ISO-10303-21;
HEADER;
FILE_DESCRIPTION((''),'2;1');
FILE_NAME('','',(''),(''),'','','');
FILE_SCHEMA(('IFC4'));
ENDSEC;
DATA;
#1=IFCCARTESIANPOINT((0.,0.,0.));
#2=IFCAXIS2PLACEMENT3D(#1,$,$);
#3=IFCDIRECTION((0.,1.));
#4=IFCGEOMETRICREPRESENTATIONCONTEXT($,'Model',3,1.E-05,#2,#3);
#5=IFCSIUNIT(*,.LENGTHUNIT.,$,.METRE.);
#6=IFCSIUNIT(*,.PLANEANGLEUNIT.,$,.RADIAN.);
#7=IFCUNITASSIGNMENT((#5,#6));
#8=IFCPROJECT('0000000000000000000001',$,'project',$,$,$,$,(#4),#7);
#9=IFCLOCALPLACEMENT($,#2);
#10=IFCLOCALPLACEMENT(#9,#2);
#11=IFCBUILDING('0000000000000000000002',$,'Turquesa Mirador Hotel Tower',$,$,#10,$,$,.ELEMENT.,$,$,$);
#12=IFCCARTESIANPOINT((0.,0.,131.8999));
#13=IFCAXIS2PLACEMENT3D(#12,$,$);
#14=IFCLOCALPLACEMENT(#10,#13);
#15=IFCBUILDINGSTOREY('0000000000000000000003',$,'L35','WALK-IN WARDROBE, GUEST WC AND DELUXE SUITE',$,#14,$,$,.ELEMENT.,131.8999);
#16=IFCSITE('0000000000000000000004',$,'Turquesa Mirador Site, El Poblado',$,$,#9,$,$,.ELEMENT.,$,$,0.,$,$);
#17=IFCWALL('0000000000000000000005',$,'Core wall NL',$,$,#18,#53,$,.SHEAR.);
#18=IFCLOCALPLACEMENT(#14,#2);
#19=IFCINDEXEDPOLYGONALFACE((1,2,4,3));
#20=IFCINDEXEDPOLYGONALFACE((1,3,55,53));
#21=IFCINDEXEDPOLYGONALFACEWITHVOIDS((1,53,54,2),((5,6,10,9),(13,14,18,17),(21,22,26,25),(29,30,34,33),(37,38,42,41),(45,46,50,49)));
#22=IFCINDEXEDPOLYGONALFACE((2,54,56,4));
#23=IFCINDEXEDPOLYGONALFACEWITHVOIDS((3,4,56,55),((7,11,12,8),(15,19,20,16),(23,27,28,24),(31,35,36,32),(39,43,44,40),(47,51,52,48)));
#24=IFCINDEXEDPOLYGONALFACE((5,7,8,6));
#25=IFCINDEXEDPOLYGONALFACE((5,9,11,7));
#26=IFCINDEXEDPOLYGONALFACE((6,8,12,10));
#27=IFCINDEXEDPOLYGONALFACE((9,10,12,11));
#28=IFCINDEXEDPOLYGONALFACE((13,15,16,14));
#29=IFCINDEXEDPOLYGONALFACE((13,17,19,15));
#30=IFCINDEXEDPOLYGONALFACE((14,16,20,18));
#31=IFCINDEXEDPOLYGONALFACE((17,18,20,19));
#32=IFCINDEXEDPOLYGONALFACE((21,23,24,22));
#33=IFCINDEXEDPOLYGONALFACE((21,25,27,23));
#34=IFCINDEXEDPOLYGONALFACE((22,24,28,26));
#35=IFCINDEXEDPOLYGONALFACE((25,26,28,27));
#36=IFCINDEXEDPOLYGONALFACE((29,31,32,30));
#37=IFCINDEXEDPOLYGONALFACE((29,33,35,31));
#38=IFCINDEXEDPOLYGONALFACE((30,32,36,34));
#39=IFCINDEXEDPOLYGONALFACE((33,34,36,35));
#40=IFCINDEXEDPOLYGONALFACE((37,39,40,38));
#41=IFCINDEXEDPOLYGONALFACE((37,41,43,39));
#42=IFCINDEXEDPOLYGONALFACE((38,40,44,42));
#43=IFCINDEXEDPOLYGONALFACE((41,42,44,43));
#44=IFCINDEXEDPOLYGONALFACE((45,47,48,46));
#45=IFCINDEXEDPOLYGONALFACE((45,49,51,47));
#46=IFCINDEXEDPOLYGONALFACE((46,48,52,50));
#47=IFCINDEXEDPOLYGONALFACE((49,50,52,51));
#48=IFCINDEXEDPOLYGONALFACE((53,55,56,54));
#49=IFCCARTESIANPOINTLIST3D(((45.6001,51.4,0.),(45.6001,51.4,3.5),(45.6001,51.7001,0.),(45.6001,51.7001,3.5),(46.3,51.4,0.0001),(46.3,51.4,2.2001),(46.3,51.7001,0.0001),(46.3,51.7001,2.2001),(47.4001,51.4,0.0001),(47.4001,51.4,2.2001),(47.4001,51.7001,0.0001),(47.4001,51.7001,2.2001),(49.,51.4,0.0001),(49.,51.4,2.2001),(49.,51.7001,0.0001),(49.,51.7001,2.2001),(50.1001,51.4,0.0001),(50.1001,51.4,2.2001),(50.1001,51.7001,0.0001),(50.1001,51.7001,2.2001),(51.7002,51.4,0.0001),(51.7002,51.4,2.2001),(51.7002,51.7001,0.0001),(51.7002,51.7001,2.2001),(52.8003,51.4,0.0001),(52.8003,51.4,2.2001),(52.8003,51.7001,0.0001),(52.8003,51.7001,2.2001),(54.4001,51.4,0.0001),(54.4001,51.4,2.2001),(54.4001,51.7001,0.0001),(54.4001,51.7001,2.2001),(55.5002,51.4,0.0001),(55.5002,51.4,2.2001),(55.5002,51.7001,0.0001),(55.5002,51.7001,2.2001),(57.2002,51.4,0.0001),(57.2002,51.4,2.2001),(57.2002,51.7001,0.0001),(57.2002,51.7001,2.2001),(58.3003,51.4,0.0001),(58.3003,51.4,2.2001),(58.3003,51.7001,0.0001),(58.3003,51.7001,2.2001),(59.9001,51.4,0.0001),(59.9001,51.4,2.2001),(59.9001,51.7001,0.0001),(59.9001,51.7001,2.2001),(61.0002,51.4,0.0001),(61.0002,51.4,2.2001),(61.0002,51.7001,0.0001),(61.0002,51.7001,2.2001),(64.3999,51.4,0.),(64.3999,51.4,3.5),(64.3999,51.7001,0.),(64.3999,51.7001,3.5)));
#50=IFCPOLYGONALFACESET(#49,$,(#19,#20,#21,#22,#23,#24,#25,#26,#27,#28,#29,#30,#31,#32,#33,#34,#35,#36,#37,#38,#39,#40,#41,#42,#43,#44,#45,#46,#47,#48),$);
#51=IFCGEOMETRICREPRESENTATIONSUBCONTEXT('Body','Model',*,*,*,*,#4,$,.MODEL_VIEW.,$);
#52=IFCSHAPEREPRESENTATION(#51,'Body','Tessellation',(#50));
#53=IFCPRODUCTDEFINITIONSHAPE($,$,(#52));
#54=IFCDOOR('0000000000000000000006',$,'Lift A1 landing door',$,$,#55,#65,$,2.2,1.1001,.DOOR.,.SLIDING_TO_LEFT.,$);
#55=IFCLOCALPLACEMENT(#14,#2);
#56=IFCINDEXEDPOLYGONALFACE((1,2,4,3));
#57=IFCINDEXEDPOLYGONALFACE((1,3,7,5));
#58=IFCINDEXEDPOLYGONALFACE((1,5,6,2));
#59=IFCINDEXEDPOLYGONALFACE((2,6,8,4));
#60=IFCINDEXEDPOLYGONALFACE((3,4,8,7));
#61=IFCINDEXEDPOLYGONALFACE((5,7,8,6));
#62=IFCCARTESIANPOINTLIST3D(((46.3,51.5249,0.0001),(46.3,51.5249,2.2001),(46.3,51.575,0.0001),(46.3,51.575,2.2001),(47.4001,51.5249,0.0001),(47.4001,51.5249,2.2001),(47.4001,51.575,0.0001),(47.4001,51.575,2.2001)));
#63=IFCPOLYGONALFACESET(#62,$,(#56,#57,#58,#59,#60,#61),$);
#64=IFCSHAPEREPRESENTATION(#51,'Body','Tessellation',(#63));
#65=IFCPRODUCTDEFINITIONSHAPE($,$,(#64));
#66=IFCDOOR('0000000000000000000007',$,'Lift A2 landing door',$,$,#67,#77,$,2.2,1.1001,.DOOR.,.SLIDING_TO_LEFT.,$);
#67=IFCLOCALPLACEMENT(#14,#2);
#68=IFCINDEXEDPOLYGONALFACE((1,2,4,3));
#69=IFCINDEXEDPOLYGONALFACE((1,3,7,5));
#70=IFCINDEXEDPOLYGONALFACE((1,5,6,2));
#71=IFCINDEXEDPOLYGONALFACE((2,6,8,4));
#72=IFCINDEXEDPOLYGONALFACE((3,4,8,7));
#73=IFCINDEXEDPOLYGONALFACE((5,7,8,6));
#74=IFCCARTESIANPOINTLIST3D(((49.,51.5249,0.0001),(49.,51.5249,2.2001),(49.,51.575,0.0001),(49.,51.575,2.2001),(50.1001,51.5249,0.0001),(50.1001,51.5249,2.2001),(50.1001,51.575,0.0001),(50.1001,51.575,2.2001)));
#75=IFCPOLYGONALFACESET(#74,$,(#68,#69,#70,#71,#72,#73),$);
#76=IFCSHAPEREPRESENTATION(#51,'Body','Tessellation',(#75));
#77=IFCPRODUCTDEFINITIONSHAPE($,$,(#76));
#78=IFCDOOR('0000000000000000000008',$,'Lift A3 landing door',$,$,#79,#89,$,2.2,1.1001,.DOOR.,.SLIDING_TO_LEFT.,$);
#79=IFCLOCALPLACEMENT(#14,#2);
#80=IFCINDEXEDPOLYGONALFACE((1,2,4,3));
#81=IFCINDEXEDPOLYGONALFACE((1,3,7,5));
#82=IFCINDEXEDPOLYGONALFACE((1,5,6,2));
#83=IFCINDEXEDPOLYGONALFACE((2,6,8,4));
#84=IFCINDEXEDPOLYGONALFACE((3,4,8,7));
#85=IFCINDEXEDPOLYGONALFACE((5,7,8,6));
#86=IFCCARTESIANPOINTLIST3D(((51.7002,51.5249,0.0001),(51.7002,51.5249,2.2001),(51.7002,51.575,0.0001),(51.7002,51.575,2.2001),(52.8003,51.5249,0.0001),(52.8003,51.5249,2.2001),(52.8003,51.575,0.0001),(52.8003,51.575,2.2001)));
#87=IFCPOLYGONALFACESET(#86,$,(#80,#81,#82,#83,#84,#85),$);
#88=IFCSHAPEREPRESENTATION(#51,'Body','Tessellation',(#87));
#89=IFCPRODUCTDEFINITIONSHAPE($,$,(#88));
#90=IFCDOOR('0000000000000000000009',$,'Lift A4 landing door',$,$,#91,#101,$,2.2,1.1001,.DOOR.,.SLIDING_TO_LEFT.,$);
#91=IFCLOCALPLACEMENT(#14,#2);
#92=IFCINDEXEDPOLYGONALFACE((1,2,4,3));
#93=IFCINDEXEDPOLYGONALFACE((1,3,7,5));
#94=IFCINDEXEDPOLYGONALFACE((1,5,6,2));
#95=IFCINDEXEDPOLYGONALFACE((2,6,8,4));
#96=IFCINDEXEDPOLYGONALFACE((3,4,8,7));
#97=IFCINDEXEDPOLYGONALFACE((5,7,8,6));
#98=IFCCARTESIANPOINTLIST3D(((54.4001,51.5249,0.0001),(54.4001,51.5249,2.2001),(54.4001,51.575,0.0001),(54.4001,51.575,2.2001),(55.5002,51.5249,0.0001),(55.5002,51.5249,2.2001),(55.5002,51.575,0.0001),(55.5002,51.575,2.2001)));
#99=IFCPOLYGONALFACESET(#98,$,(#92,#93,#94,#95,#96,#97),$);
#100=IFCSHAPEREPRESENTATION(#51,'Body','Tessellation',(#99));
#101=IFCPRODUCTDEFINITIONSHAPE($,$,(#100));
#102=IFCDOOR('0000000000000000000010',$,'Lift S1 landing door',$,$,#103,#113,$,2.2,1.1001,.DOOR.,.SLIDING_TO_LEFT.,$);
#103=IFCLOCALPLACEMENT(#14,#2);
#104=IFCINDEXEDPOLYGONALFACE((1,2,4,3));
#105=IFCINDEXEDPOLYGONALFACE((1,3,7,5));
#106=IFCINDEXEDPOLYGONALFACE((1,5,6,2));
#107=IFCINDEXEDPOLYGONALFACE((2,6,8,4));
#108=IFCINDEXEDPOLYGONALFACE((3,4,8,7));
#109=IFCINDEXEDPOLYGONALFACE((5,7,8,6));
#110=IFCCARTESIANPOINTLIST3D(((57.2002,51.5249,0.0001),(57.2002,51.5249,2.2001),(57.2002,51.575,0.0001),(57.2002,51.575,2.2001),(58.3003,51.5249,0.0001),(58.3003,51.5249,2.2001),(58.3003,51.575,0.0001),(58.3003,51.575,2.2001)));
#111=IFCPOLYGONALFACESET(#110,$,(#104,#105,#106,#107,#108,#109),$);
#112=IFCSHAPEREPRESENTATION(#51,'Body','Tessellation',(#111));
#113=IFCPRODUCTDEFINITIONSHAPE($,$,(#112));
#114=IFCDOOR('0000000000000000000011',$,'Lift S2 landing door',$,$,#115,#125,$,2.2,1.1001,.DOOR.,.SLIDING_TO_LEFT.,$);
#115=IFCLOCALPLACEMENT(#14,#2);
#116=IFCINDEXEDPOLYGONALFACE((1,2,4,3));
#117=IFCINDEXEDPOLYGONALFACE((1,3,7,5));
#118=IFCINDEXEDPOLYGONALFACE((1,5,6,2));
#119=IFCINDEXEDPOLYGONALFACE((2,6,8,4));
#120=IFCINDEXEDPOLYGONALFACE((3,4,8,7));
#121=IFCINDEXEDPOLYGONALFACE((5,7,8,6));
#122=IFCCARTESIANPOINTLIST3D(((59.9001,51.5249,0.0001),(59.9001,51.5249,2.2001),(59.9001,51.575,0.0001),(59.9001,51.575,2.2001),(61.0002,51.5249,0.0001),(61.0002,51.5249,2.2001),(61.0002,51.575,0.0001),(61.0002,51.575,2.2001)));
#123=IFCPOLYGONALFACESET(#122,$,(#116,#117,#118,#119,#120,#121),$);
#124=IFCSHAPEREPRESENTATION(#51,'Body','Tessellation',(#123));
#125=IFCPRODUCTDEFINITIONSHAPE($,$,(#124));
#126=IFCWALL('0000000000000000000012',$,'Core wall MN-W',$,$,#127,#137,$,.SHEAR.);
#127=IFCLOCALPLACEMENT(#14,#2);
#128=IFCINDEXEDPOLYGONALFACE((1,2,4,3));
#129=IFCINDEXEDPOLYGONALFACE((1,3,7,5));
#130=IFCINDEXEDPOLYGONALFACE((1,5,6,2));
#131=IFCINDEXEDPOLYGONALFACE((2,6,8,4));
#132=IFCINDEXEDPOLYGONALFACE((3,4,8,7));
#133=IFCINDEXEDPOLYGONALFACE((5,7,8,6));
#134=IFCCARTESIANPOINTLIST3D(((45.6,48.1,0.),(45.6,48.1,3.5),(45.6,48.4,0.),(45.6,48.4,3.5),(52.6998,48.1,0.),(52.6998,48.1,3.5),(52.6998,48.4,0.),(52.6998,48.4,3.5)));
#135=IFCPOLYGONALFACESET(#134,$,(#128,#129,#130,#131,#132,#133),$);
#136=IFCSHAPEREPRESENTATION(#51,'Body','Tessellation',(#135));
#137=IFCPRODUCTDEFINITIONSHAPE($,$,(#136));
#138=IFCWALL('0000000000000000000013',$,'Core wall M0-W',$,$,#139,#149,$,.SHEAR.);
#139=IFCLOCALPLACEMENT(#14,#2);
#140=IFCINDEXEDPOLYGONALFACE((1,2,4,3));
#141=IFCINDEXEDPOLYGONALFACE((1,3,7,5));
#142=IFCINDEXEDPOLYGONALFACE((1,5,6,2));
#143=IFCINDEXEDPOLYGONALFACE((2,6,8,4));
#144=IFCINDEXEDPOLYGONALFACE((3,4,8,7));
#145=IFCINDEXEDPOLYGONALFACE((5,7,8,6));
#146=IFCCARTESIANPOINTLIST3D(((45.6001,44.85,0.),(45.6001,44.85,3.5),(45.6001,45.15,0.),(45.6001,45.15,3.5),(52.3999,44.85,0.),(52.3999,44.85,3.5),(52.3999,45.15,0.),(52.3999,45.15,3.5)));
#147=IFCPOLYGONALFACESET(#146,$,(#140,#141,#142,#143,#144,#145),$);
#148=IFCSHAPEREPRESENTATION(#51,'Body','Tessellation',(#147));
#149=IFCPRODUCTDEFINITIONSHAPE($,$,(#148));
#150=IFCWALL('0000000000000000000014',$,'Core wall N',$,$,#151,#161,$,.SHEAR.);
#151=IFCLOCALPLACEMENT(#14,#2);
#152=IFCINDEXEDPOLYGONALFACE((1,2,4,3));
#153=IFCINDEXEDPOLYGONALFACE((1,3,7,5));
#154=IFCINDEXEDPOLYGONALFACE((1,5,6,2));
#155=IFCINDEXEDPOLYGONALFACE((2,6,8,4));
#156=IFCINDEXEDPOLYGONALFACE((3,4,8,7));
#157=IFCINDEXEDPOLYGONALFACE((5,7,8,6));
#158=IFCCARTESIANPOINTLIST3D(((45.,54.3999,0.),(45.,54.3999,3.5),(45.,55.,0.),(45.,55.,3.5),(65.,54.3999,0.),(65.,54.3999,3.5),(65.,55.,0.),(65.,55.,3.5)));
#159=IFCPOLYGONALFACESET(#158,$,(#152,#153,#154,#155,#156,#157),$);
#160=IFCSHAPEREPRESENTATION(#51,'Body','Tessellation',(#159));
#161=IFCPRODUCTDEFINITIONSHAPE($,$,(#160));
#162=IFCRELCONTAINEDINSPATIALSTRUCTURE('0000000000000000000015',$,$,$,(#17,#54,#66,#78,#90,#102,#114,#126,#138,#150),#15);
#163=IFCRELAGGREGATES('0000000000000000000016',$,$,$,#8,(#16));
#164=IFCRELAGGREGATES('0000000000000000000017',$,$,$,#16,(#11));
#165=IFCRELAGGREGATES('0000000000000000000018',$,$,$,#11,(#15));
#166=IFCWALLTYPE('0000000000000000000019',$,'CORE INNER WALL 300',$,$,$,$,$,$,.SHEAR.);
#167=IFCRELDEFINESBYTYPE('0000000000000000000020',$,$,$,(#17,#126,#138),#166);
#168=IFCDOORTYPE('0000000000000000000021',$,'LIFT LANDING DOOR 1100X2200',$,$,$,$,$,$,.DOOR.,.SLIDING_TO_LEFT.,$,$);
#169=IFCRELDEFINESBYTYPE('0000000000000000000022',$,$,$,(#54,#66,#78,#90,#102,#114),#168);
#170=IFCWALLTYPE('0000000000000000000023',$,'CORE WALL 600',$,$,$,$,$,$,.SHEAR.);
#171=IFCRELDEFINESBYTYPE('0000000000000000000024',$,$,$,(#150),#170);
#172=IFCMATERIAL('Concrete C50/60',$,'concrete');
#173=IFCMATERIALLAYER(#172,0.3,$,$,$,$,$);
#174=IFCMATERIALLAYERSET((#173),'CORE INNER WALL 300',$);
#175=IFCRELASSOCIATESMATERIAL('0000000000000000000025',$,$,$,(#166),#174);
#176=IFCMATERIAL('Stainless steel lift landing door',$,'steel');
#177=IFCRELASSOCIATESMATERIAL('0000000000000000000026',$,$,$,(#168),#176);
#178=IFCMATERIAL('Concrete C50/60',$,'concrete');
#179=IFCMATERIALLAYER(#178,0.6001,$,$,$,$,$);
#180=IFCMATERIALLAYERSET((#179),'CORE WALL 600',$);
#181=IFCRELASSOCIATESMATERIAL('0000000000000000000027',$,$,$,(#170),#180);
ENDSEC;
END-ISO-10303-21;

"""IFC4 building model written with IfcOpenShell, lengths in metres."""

from ifc_helpers import new_model, si_unit, direction, frame, frame_2d, origin, place, context, subcontext, project, spatial, rectangle, extrude, material, layer, layer_set, type_object, element, fill, save


model = new_model("IFC4")

# Units and contexts
model_context = context("Model", 3, precision=1e-05, world=origin(), true_north=direction((0.0, 1.0)))
body_context = subcontext(model_context, "Body", "Model", "MODEL_VIEW")
ifc_project = project(units=[si_unit("LENGTHUNIT", "METRE"), si_unit("PLANEANGLEUNIT", "RADIAN")], contexts=[model_context])

# Site, building, storey
site_placement = place(None, origin())
site = spatial("IfcSite", under=ifc_project, at=site_placement, Name="Turquesa Mirador Site, El Poblado", CompositionType="ELEMENT", RefElevation=0.0)
building_placement = place(site_placement, origin())
building = spatial("IfcBuilding", under=site, at=building_placement, Name="Turquesa Mirador Hotel Tower", CompositionType="ELEMENT")
storey_placement = place(building_placement, frame((0.0, 0.0, 131.8999)))
storey = spatial("IfcBuildingStorey", under=building, at=storey_placement, Name="L35", Description="WALK-IN WARDROBE, GUEST WC AND DELUXE SUITE", CompositionType="ELEMENT", Elevation=131.8999)

# Wall, openings, doors
ifc_material_1 = material(Name="Concrete C50/60", Category="concrete")
ifc_layer_1 = layer(ifc_material_1, 0.3)
ifc_layer_set_1 = layer_set([ifc_layer_1], Name="CORE INNER WALL 300")
wall_type_1 = type_object("IfcWallType", Name="CORE INNER WALL 300", PredefinedType="SHEAR", material=ifc_layer_set_1)
wall_1_placement = place(storey_placement, frame((45.6001, 51.55, 0.0), z_axis=(0.0, 0.0, 1.0), x_axis=(1.0, 0.0, 0.0)))
wall_1 = element("IfcWall", 1, at=wall_1_placement, inside=storey, type_object=wall_type_1, Name="Core wall NL", PredefinedType="SHEAR", context=body_context, shape_type="SweptSolid", body=[
    extrude(rectangle(XDim=18.7998, YDim=0.3, at=frame_2d((9.3999, 0.0))), origin(), (0.0, 0.0, 1.0), 3.5),
])
opening_1_placement = place(wall_1_placement, frame((0.7, 0.0, 0.0)))
opening_1 = element("IfcOpeningElement", 2, at=opening_1_placement, cuts=wall_1, PredefinedType="OPENING", context=body_context, shape_type="SweptSolid", body=[
    extrude(rectangle(XDim=1.1001, YDim=2.2, at=frame_2d((0.55, 1.1001))), frame((0.0, 0.1599, 0.0), z_axis=(0.0, -1.0, 0.0), x_axis=(1.0, 0.0, 0.0)), (0.0, 0.0, 1.0), 0.3201),
])
opening_2_placement = place(wall_1_placement, frame((3.3999, 0.0, 0.0)))
opening_2 = element("IfcOpeningElement", 3, at=opening_2_placement, cuts=wall_1, PredefinedType="OPENING", context=body_context, shape_type="SweptSolid", body=[
    extrude(rectangle(XDim=1.1001, YDim=2.2, at=frame_2d((0.55, 1.1001))), frame((0.0, 0.1599, 0.0), z_axis=(0.0, -1.0, 0.0), x_axis=(1.0, 0.0, 0.0)), (0.0, 0.0, 1.0), 0.3201),
])
opening_3_placement = place(wall_1_placement, frame((6.1001, 0.0, 0.0)))
opening_3 = element("IfcOpeningElement", 4, at=opening_3_placement, cuts=wall_1, PredefinedType="OPENING", context=body_context, shape_type="SweptSolid", body=[
    extrude(rectangle(XDim=1.1001, YDim=2.2, at=frame_2d((0.55, 1.1001))), frame((0.0, 0.1599, 0.0), z_axis=(0.0, -1.0, 0.0), x_axis=(1.0, 0.0, 0.0)), (0.0, 0.0, 1.0), 0.3201),
])
opening_4_placement = place(wall_1_placement, frame((8.8, 0.0, 0.0)))
opening_4 = element("IfcOpeningElement", 5, at=opening_4_placement, cuts=wall_1, PredefinedType="OPENING", context=body_context, shape_type="SweptSolid", body=[
    extrude(rectangle(XDim=1.1001, YDim=2.2, at=frame_2d((0.55, 1.1001))), frame((0.0, 0.1599, 0.0), z_axis=(0.0, -1.0, 0.0), x_axis=(1.0, 0.0, 0.0)), (0.0, 0.0, 1.0), 0.3201),
])
opening_5_placement = place(wall_1_placement, frame((11.6001, 0.0, 0.0)))
opening_5 = element("IfcOpeningElement", 6, at=opening_5_placement, cuts=wall_1, PredefinedType="OPENING", context=body_context, shape_type="SweptSolid", body=[
    extrude(rectangle(XDim=1.1001, YDim=2.2, at=frame_2d((0.55, 1.1001))), frame((0.0, 0.1599, 0.0), z_axis=(0.0, -1.0, 0.0), x_axis=(1.0, 0.0, 0.0)), (0.0, 0.0, 1.0), 0.3201),
])
opening_6_placement = place(wall_1_placement, frame((14.3, 0.0, 0.0)))
opening_6 = element("IfcOpeningElement", 7, at=opening_6_placement, cuts=wall_1, PredefinedType="OPENING", context=body_context, shape_type="SweptSolid", body=[
    extrude(rectangle(XDim=1.1001, YDim=2.2, at=frame_2d((0.55, 1.1001))), frame((0.0, 0.1599, 0.0), z_axis=(0.0, -1.0, 0.0), x_axis=(1.0, 0.0, 0.0)), (0.0, 0.0, 1.0), 0.3201),
])
ifc_material_2 = material(Name="Stainless steel lift landing door", Category="steel")
door_type_1 = type_object("IfcDoorType", Name="LIFT LANDING DOOR 1100X2200", OperationType="SLIDING_TO_LEFT", PredefinedType="DOOR", material=ifc_material_2)
door_1_placement = place(opening_1_placement, origin())
door_1 = element("IfcDoor", 8, at=door_1_placement, inside=storey, type_object=door_type_1, Name="Lift A1 landing door", OperationType="SLIDING_TO_LEFT", OverallHeight=2.2, OverallWidth=1.1001, PredefinedType="DOOR", context=body_context, shape_type="SweptSolid", body=[
    extrude(rectangle(XDim=1.1001, YDim=2.2, at=frame_2d((0.55, 1.1001))), frame((0.0, 0.0249, 0.0), z_axis=(0.0, -1.0, 0.0), x_axis=(1.0, 0.0, 0.0)), (0.0, 0.0, 1.0), 0.05),
])
fill(opening_1, door_1)
door_2_placement = place(opening_2_placement, origin())
door_2 = element("IfcDoor", 9, at=door_2_placement, inside=storey, type_object=door_type_1, Name="Lift A2 landing door", OperationType="SLIDING_TO_LEFT", OverallHeight=2.2, OverallWidth=1.1001, PredefinedType="DOOR", context=body_context, shape_type="SweptSolid", body=[
    extrude(rectangle(XDim=1.1001, YDim=2.2, at=frame_2d((0.55, 1.1001))), frame((0.0, 0.0249, 0.0), z_axis=(0.0, -1.0, 0.0), x_axis=(1.0, 0.0, 0.0)), (0.0, 0.0, 1.0), 0.05),
])
fill(opening_2, door_2)
door_3_placement = place(opening_3_placement, origin())
door_3 = element("IfcDoor", 10, at=door_3_placement, inside=storey, type_object=door_type_1, Name="Lift A3 landing door", OperationType="SLIDING_TO_LEFT", OverallHeight=2.2, OverallWidth=1.1001, PredefinedType="DOOR", context=body_context, shape_type="SweptSolid", body=[
    extrude(rectangle(XDim=1.1001, YDim=2.2, at=frame_2d((0.55, 1.1001))), frame((0.0, 0.0249, 0.0), z_axis=(0.0, -1.0, 0.0), x_axis=(1.0, 0.0, 0.0)), (0.0, 0.0, 1.0), 0.05),
])
fill(opening_3, door_3)
door_4_placement = place(opening_4_placement, origin())
door_4 = element("IfcDoor", 11, at=door_4_placement, inside=storey, type_object=door_type_1, Name="Lift A4 landing door", OperationType="SLIDING_TO_LEFT", OverallHeight=2.2, OverallWidth=1.1001, PredefinedType="DOOR", context=body_context, shape_type="SweptSolid", body=[
    extrude(rectangle(XDim=1.1001, YDim=2.2, at=frame_2d((0.55, 1.1001))), frame((0.0, 0.0249, 0.0), z_axis=(0.0, -1.0, 0.0), x_axis=(1.0, 0.0, 0.0)), (0.0, 0.0, 1.0), 0.05),
])
fill(opening_4, door_4)
door_5_placement = place(opening_5_placement, origin())
door_5 = element("IfcDoor", 12, at=door_5_placement, inside=storey, type_object=door_type_1, Name="Lift S1 landing door", OperationType="SLIDING_TO_LEFT", OverallHeight=2.2, OverallWidth=1.1001, PredefinedType="DOOR", context=body_context, shape_type="SweptSolid", body=[
    extrude(rectangle(XDim=1.1001, YDim=2.2, at=frame_2d((0.55, 1.1001))), frame((0.0, 0.0249, 0.0), z_axis=(0.0, -1.0, 0.0), x_axis=(1.0, 0.0, 0.0)), (0.0, 0.0, 1.0), 0.05),
])
fill(opening_5, door_5)
door_6_placement = place(opening_6_placement, origin())
door_6 = element("IfcDoor", 13, at=door_6_placement, inside=storey, type_object=door_type_1, Name="Lift S2 landing door", OperationType="SLIDING_TO_LEFT", OverallHeight=2.2, OverallWidth=1.1001, PredefinedType="DOOR", context=body_context, shape_type="SweptSolid", body=[
    extrude(rectangle(XDim=1.1001, YDim=2.2, at=frame_2d((0.55, 1.1001))), frame((0.0, 0.0249, 0.0), z_axis=(0.0, -1.0, 0.0), x_axis=(1.0, 0.0, 0.0)), (0.0, 0.0, 1.0), 0.05),
])
fill(opening_6, door_6)

# Walls
wall_2_placement = place(storey_placement, frame((45.6001, 48.25, 0.0), z_axis=(0.0, 0.0, 1.0), x_axis=(1.0, 0.0, 0.0)))
element("IfcWall", 14, at=wall_2_placement, inside=storey, type_object=wall_type_1, Name="Core wall MN-W", PredefinedType="SHEAR", context=body_context, shape_type="SweptSolid", body=[
    extrude(rectangle(XDim=7.0999, YDim=0.3, at=frame_2d((3.5498, 0.0))), origin(), (0.0, 0.0, 1.0), 3.5),
])
wall_3_placement = place(storey_placement, frame((45.6001, 45.0, 0.0), z_axis=(0.0, 0.0, 1.0), x_axis=(1.0, 0.0, 0.0)))
element("IfcWall", 15, at=wall_3_placement, inside=storey, type_object=wall_type_1, Name="Core wall M0-W", PredefinedType="SHEAR", context=body_context, shape_type="SweptSolid", body=[
    extrude(rectangle(XDim=6.7998, YDim=0.3, at=frame_2d((3.3999, 0.0))), origin(), (0.0, 0.0, 1.0), 3.5),
])
ifc_material_3 = material(Name="Concrete C50/60", Category="concrete")
ifc_layer_2 = layer(ifc_material_3, 0.6001)
ifc_layer_set_2 = layer_set([ifc_layer_2], Name="CORE WALL 600")
wall_type_2 = type_object("IfcWallType", Name="CORE WALL 600", PredefinedType="SHEAR", material=ifc_layer_set_2)
wall_4_placement = place(storey_placement, frame((45.0, 54.7, 0.0), z_axis=(0.0, 0.0, 1.0), x_axis=(1.0, 0.0, 0.0)))
element("IfcWall", 16, at=wall_4_placement, inside=storey, type_object=wall_type_2, Name="Core wall N", PredefinedType="SHEAR", context=body_context, shape_type="SweptSolid", body=[
    extrude(rectangle(XDim=20.0, YDim=0.6001, at=frame_2d((10.0, 0.0))), origin(), (0.0, 0.0, 1.0), 3.5),
])

save(model, "model.ifc")
